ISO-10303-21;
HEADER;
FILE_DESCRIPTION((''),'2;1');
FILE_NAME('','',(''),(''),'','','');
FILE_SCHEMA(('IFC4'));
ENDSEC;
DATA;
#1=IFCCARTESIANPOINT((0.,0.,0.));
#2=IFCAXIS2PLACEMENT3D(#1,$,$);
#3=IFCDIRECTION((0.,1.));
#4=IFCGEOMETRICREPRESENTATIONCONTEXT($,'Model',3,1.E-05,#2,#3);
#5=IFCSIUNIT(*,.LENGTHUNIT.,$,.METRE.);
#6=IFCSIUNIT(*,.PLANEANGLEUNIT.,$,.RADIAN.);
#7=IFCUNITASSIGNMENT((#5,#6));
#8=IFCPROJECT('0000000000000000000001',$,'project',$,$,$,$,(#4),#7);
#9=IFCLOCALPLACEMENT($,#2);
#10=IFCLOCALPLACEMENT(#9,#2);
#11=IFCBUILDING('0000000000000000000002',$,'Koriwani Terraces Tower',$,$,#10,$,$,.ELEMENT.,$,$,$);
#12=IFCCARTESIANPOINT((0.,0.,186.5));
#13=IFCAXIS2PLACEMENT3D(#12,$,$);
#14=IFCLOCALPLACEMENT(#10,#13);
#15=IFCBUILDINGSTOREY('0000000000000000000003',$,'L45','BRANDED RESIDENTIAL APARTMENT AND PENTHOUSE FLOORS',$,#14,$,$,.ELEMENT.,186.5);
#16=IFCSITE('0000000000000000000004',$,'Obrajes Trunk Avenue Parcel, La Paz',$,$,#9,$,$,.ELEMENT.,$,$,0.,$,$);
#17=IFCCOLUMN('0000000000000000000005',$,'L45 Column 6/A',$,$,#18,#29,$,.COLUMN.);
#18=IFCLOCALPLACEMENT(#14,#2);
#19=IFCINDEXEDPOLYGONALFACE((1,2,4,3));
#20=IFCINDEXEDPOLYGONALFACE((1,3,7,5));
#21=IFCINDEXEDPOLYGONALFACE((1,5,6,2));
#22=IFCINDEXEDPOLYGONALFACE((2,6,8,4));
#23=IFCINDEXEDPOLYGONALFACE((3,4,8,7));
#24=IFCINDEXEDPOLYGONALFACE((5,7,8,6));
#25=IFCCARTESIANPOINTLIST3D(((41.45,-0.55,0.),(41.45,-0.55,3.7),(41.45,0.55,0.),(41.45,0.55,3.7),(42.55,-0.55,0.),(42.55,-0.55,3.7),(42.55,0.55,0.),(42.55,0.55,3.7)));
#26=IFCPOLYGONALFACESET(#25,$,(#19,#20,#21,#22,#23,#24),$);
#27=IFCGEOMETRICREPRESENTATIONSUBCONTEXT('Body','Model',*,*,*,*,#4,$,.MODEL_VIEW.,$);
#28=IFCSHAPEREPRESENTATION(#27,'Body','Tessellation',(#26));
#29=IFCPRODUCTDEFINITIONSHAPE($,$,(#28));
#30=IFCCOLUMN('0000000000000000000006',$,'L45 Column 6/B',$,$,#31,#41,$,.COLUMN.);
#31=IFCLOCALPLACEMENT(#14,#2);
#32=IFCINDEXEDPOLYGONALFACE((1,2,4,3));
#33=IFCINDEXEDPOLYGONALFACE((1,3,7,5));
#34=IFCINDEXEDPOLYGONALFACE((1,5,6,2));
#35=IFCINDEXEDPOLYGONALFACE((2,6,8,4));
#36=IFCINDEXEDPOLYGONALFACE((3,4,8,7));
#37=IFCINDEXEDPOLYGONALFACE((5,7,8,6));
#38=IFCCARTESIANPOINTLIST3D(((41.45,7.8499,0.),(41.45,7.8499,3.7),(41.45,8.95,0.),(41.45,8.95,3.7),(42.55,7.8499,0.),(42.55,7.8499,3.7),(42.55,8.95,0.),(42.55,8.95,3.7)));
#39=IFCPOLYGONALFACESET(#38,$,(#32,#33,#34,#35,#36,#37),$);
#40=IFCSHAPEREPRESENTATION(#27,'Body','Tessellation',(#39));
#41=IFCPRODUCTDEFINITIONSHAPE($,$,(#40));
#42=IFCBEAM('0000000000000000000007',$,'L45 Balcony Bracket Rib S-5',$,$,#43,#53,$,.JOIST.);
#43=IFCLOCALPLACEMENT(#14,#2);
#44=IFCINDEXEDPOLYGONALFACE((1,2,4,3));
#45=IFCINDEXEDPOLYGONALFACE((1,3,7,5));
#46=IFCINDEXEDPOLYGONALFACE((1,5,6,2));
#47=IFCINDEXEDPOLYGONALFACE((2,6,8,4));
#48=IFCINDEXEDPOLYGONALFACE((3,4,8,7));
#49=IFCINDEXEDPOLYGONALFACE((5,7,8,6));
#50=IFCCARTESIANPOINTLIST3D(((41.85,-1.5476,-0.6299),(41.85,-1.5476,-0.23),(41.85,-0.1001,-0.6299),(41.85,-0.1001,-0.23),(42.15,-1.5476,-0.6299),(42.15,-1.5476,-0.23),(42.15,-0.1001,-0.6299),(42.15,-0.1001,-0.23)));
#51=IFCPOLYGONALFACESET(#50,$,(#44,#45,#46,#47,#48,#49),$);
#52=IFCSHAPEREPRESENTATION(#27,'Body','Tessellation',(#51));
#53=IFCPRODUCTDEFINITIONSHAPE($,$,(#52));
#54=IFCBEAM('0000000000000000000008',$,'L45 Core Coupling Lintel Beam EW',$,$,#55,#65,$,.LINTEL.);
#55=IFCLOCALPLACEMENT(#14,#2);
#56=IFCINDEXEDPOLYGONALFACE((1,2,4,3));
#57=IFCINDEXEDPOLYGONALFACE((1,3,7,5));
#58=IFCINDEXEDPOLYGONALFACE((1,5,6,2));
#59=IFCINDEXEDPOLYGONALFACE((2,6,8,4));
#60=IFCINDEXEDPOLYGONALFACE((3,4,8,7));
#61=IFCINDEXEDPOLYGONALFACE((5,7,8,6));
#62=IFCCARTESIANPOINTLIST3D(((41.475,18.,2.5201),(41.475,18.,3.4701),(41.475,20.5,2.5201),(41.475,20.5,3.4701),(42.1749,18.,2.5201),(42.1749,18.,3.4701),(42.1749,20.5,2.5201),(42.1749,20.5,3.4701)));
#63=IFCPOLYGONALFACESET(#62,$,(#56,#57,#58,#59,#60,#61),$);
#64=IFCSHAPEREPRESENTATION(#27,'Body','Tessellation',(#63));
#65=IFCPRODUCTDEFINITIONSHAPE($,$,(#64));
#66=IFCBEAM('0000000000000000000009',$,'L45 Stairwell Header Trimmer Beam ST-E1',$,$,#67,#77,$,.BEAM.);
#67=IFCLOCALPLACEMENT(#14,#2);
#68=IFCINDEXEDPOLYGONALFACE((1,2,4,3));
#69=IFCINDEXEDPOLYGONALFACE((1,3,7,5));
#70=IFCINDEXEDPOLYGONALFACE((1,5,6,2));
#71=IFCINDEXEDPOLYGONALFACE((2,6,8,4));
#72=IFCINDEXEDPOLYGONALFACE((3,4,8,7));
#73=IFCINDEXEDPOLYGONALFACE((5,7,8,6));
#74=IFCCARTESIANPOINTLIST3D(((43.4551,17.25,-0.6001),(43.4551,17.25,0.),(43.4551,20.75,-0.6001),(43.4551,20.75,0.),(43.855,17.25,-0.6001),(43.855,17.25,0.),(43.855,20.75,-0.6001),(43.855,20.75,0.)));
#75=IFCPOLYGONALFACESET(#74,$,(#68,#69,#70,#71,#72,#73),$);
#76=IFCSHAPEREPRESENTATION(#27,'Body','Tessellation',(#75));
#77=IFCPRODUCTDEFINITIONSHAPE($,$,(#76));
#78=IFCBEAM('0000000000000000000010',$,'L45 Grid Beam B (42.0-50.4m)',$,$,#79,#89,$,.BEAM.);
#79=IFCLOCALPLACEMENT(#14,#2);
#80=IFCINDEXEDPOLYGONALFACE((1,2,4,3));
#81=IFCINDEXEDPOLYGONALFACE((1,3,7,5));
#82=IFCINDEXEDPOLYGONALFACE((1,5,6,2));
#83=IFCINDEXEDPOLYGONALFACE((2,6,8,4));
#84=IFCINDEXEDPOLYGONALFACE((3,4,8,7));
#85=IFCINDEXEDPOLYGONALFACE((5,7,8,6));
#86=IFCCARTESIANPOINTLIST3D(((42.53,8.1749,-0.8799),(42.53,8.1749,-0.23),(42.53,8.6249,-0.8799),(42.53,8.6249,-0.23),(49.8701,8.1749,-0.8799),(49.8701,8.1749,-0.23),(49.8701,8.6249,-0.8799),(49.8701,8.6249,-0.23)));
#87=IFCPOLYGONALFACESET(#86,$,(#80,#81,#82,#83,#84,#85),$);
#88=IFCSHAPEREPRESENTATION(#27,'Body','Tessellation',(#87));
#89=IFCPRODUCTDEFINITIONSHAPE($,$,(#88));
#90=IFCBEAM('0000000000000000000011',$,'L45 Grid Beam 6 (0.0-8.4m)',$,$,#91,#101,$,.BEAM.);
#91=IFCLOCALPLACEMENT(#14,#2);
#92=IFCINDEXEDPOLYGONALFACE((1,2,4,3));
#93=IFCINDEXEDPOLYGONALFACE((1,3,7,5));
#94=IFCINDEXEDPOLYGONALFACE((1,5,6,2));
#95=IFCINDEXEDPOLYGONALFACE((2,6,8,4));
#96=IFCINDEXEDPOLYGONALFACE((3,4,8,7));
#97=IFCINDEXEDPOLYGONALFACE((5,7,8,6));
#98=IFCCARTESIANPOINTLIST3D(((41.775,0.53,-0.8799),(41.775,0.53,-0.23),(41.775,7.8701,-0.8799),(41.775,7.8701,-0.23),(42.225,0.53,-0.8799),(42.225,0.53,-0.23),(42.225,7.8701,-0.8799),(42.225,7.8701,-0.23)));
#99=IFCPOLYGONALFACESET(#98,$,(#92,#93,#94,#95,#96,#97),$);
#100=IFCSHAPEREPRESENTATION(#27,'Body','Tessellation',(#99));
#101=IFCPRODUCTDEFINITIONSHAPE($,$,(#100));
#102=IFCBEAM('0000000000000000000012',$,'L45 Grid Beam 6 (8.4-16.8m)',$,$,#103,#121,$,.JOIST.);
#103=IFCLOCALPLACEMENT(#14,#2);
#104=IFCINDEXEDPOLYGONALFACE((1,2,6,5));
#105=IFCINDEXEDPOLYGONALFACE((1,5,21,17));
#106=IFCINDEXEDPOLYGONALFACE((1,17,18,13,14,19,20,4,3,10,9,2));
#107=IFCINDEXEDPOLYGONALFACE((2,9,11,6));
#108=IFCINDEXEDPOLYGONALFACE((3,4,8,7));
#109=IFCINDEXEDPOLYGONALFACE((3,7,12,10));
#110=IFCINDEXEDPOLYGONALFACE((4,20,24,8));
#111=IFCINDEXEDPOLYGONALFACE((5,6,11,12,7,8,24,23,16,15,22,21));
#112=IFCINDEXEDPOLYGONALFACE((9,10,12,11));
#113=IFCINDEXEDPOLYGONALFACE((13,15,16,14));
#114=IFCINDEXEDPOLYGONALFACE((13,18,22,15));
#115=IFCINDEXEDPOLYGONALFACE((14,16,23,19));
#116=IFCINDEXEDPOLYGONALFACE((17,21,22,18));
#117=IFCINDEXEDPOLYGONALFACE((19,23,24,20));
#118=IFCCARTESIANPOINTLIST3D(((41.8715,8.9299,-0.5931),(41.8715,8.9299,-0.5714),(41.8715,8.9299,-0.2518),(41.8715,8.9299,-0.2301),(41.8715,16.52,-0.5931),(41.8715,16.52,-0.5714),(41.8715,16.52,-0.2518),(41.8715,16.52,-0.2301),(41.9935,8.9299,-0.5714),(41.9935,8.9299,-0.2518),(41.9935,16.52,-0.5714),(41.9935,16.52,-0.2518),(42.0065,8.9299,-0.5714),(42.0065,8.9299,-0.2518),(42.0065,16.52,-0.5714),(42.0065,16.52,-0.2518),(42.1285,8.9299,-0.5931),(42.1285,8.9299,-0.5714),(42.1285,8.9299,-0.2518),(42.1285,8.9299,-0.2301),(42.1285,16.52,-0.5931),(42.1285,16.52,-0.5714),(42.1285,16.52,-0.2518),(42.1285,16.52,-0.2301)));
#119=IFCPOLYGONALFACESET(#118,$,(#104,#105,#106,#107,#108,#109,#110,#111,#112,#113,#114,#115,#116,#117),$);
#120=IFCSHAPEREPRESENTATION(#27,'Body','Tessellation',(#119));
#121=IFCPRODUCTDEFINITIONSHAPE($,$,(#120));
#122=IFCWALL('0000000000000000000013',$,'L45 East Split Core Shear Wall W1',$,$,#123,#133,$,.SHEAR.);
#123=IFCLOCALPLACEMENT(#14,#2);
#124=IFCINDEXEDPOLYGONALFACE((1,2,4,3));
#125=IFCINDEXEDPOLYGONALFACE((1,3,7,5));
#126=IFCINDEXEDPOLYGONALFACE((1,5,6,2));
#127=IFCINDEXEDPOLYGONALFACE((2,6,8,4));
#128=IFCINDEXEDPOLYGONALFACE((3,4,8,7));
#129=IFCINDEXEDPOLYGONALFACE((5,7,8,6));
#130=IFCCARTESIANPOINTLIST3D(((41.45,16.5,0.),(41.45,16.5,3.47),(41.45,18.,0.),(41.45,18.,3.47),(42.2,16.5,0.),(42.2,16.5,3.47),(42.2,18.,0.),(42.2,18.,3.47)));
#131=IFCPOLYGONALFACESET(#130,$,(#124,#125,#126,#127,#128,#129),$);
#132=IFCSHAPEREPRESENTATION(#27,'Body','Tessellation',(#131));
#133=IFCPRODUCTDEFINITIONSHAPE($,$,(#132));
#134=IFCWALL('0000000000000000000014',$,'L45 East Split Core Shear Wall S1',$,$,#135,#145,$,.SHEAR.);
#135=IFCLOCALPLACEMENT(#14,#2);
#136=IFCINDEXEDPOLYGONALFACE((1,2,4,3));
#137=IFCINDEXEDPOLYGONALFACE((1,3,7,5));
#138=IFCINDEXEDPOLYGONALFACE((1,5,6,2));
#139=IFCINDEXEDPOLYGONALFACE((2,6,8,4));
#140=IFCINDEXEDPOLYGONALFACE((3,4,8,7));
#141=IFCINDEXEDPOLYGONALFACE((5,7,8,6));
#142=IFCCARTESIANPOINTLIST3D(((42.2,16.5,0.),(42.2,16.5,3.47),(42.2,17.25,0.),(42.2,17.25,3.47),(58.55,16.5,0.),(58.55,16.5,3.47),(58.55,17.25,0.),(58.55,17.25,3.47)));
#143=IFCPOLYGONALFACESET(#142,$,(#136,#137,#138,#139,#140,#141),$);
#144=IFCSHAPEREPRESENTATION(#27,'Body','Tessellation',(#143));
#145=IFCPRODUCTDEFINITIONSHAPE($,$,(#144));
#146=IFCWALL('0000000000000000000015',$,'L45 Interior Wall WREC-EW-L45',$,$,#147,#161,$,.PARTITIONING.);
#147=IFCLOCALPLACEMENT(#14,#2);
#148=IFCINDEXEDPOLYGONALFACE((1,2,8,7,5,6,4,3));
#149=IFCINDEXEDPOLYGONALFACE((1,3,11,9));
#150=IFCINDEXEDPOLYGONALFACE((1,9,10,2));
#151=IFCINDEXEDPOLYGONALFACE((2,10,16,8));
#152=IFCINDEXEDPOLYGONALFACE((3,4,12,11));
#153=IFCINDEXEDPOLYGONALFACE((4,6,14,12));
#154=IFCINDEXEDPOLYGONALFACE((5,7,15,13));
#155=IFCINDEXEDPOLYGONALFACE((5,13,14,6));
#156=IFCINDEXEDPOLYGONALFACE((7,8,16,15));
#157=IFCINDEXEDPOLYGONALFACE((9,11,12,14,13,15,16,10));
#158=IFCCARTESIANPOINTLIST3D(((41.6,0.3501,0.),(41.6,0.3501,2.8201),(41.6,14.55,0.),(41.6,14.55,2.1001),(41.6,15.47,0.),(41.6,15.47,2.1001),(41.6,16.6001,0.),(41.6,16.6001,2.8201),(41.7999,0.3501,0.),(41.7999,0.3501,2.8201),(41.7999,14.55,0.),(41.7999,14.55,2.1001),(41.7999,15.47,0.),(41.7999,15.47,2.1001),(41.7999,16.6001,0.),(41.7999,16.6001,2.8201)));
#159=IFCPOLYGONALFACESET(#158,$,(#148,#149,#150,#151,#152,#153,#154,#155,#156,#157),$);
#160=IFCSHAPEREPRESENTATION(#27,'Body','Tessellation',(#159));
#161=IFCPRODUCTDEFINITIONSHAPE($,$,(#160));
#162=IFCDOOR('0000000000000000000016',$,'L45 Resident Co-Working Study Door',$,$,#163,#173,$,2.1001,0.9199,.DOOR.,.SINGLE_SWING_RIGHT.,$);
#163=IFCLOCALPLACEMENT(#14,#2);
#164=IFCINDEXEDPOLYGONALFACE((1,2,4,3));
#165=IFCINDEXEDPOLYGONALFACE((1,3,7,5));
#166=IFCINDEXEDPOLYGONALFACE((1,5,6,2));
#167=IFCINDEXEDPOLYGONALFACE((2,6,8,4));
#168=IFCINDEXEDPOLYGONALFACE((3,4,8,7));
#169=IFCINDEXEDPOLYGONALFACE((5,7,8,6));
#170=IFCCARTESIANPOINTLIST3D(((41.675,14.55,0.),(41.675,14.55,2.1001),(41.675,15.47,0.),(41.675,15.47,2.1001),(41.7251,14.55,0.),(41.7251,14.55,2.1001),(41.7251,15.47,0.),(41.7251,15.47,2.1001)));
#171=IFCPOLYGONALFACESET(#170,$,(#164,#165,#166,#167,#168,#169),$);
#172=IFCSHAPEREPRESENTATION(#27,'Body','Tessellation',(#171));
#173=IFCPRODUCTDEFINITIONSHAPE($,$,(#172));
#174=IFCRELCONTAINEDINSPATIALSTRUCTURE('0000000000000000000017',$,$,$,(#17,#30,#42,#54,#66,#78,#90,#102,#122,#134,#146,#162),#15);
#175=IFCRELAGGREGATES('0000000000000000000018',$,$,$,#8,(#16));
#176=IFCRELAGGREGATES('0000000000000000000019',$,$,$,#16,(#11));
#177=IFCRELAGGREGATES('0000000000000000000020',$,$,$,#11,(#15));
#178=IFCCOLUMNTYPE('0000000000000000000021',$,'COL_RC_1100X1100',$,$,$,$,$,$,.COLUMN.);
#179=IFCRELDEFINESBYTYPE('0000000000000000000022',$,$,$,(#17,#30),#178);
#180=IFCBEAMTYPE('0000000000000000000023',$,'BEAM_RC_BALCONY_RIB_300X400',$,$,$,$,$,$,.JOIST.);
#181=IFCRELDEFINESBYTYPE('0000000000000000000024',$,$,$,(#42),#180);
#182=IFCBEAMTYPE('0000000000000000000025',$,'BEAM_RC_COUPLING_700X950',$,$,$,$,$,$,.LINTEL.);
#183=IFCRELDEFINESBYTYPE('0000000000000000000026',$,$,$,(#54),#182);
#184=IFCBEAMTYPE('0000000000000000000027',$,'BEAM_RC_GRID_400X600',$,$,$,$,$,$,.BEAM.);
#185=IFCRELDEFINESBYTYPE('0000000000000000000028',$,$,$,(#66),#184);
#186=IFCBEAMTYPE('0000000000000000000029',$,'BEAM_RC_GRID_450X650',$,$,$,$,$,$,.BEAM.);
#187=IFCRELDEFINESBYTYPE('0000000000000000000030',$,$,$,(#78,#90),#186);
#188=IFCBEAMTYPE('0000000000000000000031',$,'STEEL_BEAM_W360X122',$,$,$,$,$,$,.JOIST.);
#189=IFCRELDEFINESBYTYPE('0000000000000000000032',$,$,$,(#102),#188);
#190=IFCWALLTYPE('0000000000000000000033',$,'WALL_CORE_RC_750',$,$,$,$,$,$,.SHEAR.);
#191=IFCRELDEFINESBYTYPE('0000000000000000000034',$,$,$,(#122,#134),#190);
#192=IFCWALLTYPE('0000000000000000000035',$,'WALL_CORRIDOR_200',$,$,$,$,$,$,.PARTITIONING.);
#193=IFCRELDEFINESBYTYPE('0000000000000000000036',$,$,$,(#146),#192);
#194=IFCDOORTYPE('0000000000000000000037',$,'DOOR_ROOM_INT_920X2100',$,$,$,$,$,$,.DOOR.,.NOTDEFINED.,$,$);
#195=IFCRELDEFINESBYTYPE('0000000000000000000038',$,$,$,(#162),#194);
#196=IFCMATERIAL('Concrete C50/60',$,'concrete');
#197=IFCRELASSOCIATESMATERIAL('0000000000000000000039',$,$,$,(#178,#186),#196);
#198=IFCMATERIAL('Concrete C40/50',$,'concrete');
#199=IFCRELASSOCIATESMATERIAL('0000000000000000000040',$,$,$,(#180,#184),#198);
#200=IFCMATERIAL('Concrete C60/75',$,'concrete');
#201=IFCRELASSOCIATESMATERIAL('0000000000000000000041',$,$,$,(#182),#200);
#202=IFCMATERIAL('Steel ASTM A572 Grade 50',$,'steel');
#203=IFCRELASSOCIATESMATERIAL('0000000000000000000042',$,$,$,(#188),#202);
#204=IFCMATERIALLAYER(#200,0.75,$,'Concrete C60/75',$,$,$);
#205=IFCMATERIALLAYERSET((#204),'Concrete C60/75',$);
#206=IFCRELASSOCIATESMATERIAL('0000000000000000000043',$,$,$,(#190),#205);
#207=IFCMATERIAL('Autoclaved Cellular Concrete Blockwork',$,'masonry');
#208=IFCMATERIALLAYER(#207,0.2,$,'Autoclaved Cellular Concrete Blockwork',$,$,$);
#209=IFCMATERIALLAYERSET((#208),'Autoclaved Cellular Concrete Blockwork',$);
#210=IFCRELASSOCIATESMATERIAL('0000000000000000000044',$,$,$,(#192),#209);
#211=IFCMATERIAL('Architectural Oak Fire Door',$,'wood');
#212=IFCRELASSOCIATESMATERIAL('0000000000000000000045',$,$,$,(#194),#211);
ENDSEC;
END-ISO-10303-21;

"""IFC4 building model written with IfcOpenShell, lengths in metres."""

from ifc_helpers import new_model, si_unit, direction, frame, frame_2d, origin, origin_2d, place, context, subcontext, project, spatial, rectangle, i_section, extrude, material, layer, layer_set, material_profile, profile_set, type_object, element, fill, save


model = new_model("IFC4")

# Units and contexts
model_context = context("Model", 3, precision=1e-05, world=origin(), true_north=direction((0.0, 1.0)))
body_context = subcontext(model_context, "Body", "Model", "MODEL_VIEW")
ifc_project = project(units=[si_unit("LENGTHUNIT", "METRE"), si_unit("PLANEANGLEUNIT", "RADIAN")], contexts=[model_context])

# Site, building, storey
site_placement = place(None, origin())
site = spatial("IfcSite", under=ifc_project, at=site_placement, Name="Obrajes Trunk Avenue Parcel, La Paz", CompositionType="ELEMENT", RefElevation=0.0)
building_placement = place(site_placement, origin())
building = spatial("IfcBuilding", under=site, at=building_placement, Name="Koriwani Terraces Tower", CompositionType="ELEMENT")
storey_placement = place(building_placement, frame((0.0, 0.0, 186.5)))
storey = spatial("IfcBuildingStorey", under=building, at=storey_placement, Name="L45", Description="BRANDED RESIDENTIAL APARTMENT AND PENTHOUSE FLOORS", CompositionType="ELEMENT", Elevation=186.5)

# Columns
ifc_material_1 = material(Name="Concrete C50/60", Category="concrete")
ifc_material_profile_1 = material_profile(ifc_material_1, rectangle(XDim=1.1001, YDim=1.1001, at=origin_2d()), Name="Concrete C50/60", Category="LoadBearing")
ifc_profile_set_1 = profile_set([ifc_material_profile_1], Name="Concrete C50/60")
column_type = type_object("IfcColumnType", Name="COL_RC_1100X1100", PredefinedType="COLUMN", material=ifc_profile_set_1)
for number, where, z_axis, x_axis, name in (
    (1, (42.0, 0.0, 0.0), (0.0, 0.0, 1.0), (1.0, 0.0, 0.0), "L45 Column 6/A"),
    (2, (42.0, 8.3999, 0.0), (0.0, 0.0, 1.0), (1.0, 0.0, 0.0), "L45 Column 6/B"),
):
    element("IfcColumn", number, at=place(storey_placement, frame(where, z_axis=z_axis, x_axis=x_axis)), inside=storey, type_object=column_type, Name=name, PredefinedType="COLUMN", context=body_context, shape_type="SweptSolid", body=[
        extrude(rectangle(XDim=1.1001, YDim=1.1001, at=origin_2d()), origin(), (0.0, 0.0, 1.0), 3.7),
    ])

# Beams
ifc_material_2 = material(Name="Concrete C40/50", Category="concrete")
ifc_material_profile_2 = material_profile(ifc_material_2, rectangle(XDim=0.3, YDim=0.3999, at=origin_2d()), Name="Concrete C40/50", Category="LoadBearing")
ifc_profile_set_2 = profile_set([ifc_material_profile_2], Name="Concrete C40/50")
beam_type_1 = type_object("IfcBeamType", Name="BEAM_RC_BALCONY_RIB_300X400", PredefinedType="JOIST", material=ifc_profile_set_2)
beam_1_placement = place(storey_placement, frame((42.0, -1.5476, -0.4299), z_axis=(0.0, 1.0, 0.0), x_axis=(-1.0, 0.0, 0.0)))
element("IfcBeam", 3, at=beam_1_placement, inside=storey, type_object=beam_type_1, Name="L45 Balcony Bracket Rib S-5", PredefinedType="JOIST", context=body_context, shape_type="SweptSolid", body=[
    extrude(rectangle(XDim=0.3, YDim=0.3999, at=origin_2d()), origin(), (0.0, 0.0, 1.0), 1.4475),
])
ifc_material_3 = material(Name="Concrete C60/75", Category="concrete")
ifc_material_profile_3 = material_profile(ifc_material_3, rectangle(XDim=0.7, YDim=0.95, at=origin_2d()), Name="Concrete C60/75", Category="LoadBearing")
ifc_profile_set_3 = profile_set([ifc_material_profile_3], Name="Concrete C60/75")
beam_type_2 = type_object("IfcBeamType", Name="BEAM_RC_COUPLING_700X950", PredefinedType="LINTEL", material=ifc_profile_set_3)
beam_2_placement = place(storey_placement, frame((41.825, 18.0, 2.9951), z_axis=(0.0, 1.0, 0.0), x_axis=(-1.0, 0.0, 0.0)))
element("IfcBeam", 4, at=beam_2_placement, inside=storey, type_object=beam_type_2, Name="L45 Core Coupling Lintel Beam EW", PredefinedType="LINTEL", context=body_context, shape_type="SweptSolid", body=[
    extrude(rectangle(XDim=0.7, YDim=0.95, at=origin_2d()), origin(), (0.0, 0.0, 1.0), 2.5),
])
ifc_material_profile_4 = material_profile(ifc_material_2, rectangle(XDim=0.3999, YDim=0.6001, at=origin_2d()), Name="Concrete C40/50", Category="LoadBearing")
ifc_profile_set_4 = profile_set([ifc_material_profile_4], Name="Concrete C40/50")
beam_type_3 = type_object("IfcBeamType", Name="BEAM_RC_GRID_400X600", PredefinedType="BEAM", material=ifc_profile_set_4)
beam_3_placement = place(storey_placement, frame((43.655, 17.25, -0.3), z_axis=(0.0, 1.0, 0.0), x_axis=(-1.0, 0.0, 0.0)))
element("IfcBeam", 5, at=beam_3_placement, inside=storey, type_object=beam_type_3, Name="L45 Stairwell Header Trimmer Beam ST-E1", PredefinedType="BEAM", context=body_context, shape_type="SweptSolid", body=[
    extrude(rectangle(XDim=0.3999, YDim=0.6001, at=origin_2d()), origin(), (0.0, 0.0, 1.0), 3.5),
])
ifc_material_profile_5 = material_profile(ifc_material_1, rectangle(XDim=0.45, YDim=0.6499, at=origin_2d()), Name="Concrete C50/60", Category="LoadBearing")
ifc_profile_set_5 = profile_set([ifc_material_profile_5], Name="Concrete C50/60")
beam_type_4 = type_object("IfcBeamType", Name="BEAM_RC_GRID_450X650", PredefinedType="BEAM", material=ifc_profile_set_5)
for number, where, z_axis, x_axis, name in (
    (6, (42.53, 8.3999, -0.5549), (1.0, 0.0, 0.0), (0.0, 1.0, 0.0), "L45 Grid Beam B (42.0-50.4m)"),
    (7, (42.0, 0.53, -0.5549), (0.0, 1.0, 0.0), (-1.0, 0.0, 0.0), "L45 Grid Beam 6 (0.0-8.4m)"),
):
    element("IfcBeam", number, at=place(storey_placement, frame(where, z_axis=z_axis, x_axis=x_axis)), inside=storey, type_object=beam_type_4, Name=name, PredefinedType="BEAM", context=body_context, shape_type="SweptSolid", body=[
        extrude(rectangle(XDim=0.45, YDim=0.6499, at=origin_2d()), origin(), (0.0, 0.0, 1.0), 7.3401),
    ])
ifc_material_4 = material(Name="Steel ASTM A572 Grade 50", Category="steel")
ifc_material_profile_6 = material_profile(ifc_material_4, i_section(OverallWidth=0.2571, OverallDepth=0.363, WebThickness=0.0129, FlangeThickness=0.0217, at=origin_2d()), Name="Steel ASTM A572 Grade 50", Category="LoadBearing")
ifc_profile_set_6 = profile_set([ifc_material_profile_6], Name="Steel ASTM A572 Grade 50")
beam_type_5 = type_object("IfcBeamType", Name="STEEL_BEAM_W360X122", PredefinedType="JOIST", material=ifc_profile_set_6)
beam_4_placement = place(storey_placement, frame((42.0, 8.9299, -0.4116), z_axis=(0.0, 1.0, 0.0), x_axis=(-1.0, 0.0, 0.0)))
element("IfcBeam", 8, at=beam_4_placement, inside=storey, type_object=beam_type_5, Name="L45 Grid Beam 6 (8.4-16.8m)", PredefinedType="JOIST", context=body_context, shape_type="SweptSolid", body=[
    extrude(i_section(OverallWidth=0.2571, OverallDepth=0.363, WebThickness=0.0129, FlangeThickness=0.0217, at=origin_2d()), origin(), (0.0, 0.0, 1.0), 7.5901),
])

# Walls
ifc_layer_1 = layer(ifc_material_3, 0.75, Name="Concrete C60/75")
ifc_layer_set_1 = layer_set([ifc_layer_1], Name="Concrete C60/75")
wall_type_1 = type_object("IfcWallType", Name="WALL_CORE_RC_750", PredefinedType="SHEAR", material=ifc_layer_set_1)
wall_1_placement = place(storey_placement, frame((41.825, 16.5, 0.0), z_axis=(0.0, 0.0, 1.0), x_axis=(0.0, 1.0, 0.0)))
element("IfcWall", 9, at=wall_1_placement, inside=storey, type_object=wall_type_1, Name="L45 East Split Core Shear Wall W1", PredefinedType="SHEAR", context=body_context, shape_type="SweptSolid", body=[
    extrude(rectangle(XDim=1.5, YDim=0.75, at=frame_2d((0.75, 0.0))), origin(), (0.0, 0.0, 1.0), 3.47),
])
wall_2_placement = place(storey_placement, frame((42.2, 16.875, 0.0), z_axis=(0.0, 0.0, 1.0), x_axis=(1.0, 0.0, 0.0)))
element("IfcWall", 10, at=wall_2_placement, inside=storey, type_object=wall_type_1, Name="L45 East Split Core Shear Wall S1", PredefinedType="SHEAR", context=body_context, shape_type="SweptSolid", body=[
    extrude(rectangle(XDim=16.3501, YDim=0.75, at=frame_2d((8.175, 0.0))), origin(), (0.0, 0.0, 1.0), 3.47),
])

# Wall, opening, door
ifc_material_5 = material(Name="Autoclaved Cellular Concrete Blockwork", Category="masonry")
ifc_layer_2 = layer(ifc_material_5, 0.2, Name="Autoclaved Cellular Concrete Blockwork")
ifc_layer_set_2 = layer_set([ifc_layer_2], Name="Autoclaved Cellular Concrete Blockwork")
wall_type_2 = type_object("IfcWallType", Name="WALL_CORRIDOR_200", PredefinedType="PARTITIONING", material=ifc_layer_set_2)
wall_3_placement = place(storey_placement, frame((41.7, 0.3501, 0.0), z_axis=(0.0, 0.0, 1.0), x_axis=(0.0, 1.0, 0.0)))
wall_3 = element("IfcWall", 11, at=wall_3_placement, inside=storey, type_object=wall_type_2, Name="L45 Interior Wall WREC-EW-L45", PredefinedType="PARTITIONING", context=body_context, shape_type="SweptSolid", body=[
    extrude(rectangle(XDim=16.25, YDim=0.2, at=frame_2d((8.125, 0.0))), origin(), (0.0, 0.0, 1.0), 2.8201),
])
opening_1_placement = place(wall_3_placement, frame((14.2, 0.0, 0.0)))
opening_1 = element("IfcOpeningElement", 12, at=opening_1_placement, cuts=wall_3, PredefinedType="OPENING", context=body_context, shape_type="SweptSolid", body=[
    extrude(rectangle(XDim=0.9199, YDim=2.1001, at=frame_2d((0.46, 1.05))), frame((0.0, 0.1099, 0.0), z_axis=(0.0, -1.0, 0.0), x_axis=(1.0, 0.0, 0.0)), (0.0, 0.0, 1.0), 0.22),
])
ifc_material_6 = material(Name="Architectural Oak Fire Door", Category="wood")
door_type_1 = type_object("IfcDoorType", Name="DOOR_ROOM_INT_920X2100", OperationType="NOTDEFINED", PredefinedType="DOOR", material=ifc_material_6)
door_1_placement = place(opening_1_placement, origin())
door_1 = element("IfcDoor", 13, at=door_1_placement, inside=storey, type_object=door_type_1, Name="L45 Resident Co-Working Study Door", OperationType="SINGLE_SWING_RIGHT", OverallHeight=2.1001, OverallWidth=0.9199, PredefinedType="DOOR", context=body_context, shape_type="SweptSolid", body=[
    extrude(rectangle(XDim=0.9199, YDim=2.1001, at=frame_2d((0.46, 1.05))), frame((0.0, 0.0249, 0.0), z_axis=(0.0, -1.0, 0.0), x_axis=(1.0, 0.0, 0.0)), (0.0, 0.0, 1.0), 0.05),
])
fill(opening_1, door_1)

save(model, "model.ifc")
